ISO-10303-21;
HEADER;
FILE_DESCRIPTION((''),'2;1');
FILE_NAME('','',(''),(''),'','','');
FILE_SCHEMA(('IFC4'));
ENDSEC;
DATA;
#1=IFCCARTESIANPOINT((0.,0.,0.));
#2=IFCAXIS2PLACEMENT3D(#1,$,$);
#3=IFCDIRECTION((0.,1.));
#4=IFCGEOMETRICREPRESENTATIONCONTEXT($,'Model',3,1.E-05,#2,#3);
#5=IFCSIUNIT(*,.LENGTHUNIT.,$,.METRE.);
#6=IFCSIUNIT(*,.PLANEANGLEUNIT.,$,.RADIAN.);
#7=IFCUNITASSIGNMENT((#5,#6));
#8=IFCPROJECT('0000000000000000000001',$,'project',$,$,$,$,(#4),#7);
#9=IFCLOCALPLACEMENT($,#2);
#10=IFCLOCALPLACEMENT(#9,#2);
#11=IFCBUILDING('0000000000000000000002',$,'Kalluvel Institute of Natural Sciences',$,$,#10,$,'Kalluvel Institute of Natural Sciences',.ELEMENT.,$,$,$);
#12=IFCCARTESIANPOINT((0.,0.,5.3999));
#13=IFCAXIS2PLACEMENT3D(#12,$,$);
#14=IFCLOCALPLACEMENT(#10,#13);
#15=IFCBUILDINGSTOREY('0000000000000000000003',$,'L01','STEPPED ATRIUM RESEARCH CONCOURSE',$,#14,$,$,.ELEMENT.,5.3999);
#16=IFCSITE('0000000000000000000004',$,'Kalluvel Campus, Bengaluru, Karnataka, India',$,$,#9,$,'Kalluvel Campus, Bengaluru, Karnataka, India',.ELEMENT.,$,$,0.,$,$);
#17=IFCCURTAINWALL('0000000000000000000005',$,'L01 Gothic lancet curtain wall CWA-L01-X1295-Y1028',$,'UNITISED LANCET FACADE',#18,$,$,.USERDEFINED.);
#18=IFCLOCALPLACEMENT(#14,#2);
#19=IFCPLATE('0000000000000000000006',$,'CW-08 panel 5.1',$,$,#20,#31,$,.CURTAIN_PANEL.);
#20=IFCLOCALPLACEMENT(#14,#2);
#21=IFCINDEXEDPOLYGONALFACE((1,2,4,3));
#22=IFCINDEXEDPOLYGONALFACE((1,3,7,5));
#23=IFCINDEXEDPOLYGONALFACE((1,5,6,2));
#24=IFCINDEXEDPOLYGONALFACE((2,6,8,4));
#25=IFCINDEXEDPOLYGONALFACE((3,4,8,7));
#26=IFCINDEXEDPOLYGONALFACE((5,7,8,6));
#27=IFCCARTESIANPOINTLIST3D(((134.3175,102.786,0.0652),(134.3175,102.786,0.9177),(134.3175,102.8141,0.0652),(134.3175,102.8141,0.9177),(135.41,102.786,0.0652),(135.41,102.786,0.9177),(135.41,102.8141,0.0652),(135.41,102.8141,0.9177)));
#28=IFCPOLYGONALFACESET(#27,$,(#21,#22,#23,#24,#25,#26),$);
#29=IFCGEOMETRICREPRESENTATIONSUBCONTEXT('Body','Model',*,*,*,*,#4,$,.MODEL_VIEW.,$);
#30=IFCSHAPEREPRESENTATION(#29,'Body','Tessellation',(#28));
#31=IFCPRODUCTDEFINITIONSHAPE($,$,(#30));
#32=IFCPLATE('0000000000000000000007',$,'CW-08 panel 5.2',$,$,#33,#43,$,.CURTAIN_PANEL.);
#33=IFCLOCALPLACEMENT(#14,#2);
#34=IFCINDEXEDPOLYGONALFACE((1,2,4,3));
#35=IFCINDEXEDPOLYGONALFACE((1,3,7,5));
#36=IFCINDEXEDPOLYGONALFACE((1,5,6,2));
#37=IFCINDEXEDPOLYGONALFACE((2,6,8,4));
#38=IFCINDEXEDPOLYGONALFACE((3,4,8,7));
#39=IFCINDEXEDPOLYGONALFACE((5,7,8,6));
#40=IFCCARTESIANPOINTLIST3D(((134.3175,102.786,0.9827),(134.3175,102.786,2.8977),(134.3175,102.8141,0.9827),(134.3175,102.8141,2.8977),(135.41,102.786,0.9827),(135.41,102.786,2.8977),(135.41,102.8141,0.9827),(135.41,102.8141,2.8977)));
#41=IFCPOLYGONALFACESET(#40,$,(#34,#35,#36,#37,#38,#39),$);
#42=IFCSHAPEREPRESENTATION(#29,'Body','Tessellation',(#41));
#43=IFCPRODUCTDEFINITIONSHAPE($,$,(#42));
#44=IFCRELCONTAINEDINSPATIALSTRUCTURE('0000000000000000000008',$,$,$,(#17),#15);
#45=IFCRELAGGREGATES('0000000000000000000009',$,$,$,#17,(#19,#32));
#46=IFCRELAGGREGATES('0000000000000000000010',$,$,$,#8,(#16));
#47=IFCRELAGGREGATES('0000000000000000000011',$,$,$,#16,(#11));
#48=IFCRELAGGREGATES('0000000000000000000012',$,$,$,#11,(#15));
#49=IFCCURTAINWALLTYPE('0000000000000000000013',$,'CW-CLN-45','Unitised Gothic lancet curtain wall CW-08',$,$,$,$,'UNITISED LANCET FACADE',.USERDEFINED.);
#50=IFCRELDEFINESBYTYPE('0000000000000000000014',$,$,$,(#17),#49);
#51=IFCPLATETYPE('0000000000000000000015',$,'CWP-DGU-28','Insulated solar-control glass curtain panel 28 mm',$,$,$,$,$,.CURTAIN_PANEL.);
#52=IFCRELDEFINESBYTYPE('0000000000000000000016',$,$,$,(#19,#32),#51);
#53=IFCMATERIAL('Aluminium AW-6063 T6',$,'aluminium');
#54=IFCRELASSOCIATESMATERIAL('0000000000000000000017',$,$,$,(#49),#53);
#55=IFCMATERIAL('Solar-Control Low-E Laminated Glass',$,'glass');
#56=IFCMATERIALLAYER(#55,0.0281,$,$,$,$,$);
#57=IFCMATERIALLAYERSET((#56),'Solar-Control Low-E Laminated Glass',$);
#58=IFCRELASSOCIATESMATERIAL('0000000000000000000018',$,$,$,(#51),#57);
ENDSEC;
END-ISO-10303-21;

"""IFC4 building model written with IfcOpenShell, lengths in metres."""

from ifc_helpers import new_model, si_unit, direction, frame, origin, origin_2d, place, context, subcontext, project, spatial, rectangle, extrude, material, layer, layer_set, type_object, element, aggregate, save


model = new_model("IFC4")

# Units and contexts
model_context = context("Model", 3, precision=1e-05, world=origin(), true_north=direction((0.0, 1.0)))
body_context = subcontext(model_context, "Body", "Model", "MODEL_VIEW")
ifc_project = project(units=[si_unit("LENGTHUNIT", "METRE"), si_unit("PLANEANGLEUNIT", "RADIAN")], contexts=[model_context])

# Site, building, storey
site_placement = place(None, origin())
site = spatial("IfcSite", under=ifc_project, at=site_placement, Name="Kalluvel Campus, Bengaluru, Karnataka, India", LongName="Kalluvel Campus, Bengaluru, Karnataka, India", CompositionType="ELEMENT", RefElevation=0.0)
building_placement = place(site_placement, origin())
building = spatial("IfcBuilding", under=site, at=building_placement, Name="Kalluvel Institute of Natural Sciences", LongName="Kalluvel Institute of Natural Sciences", CompositionType="ELEMENT")
storey_placement = place(building_placement, frame((0.0, 0.0, 5.3999)))
storey = spatial("IfcBuildingStorey", under=building, at=storey_placement, Name="L01", Description="STEPPED ATRIUM RESEARCH CONCOURSE", CompositionType="ELEMENT", Elevation=5.3999)

# Curtain wall, plates
ifc_material_1 = material(Name="Aluminium AW-6063 T6", Category="aluminium")
curtain_wall_type = type_object("IfcCurtainWallType", Name="CW-CLN-45", Description="Unitised Gothic lancet curtain wall CW-08", ElementType="UNITISED LANCET FACADE", PredefinedType="USERDEFINED", material=ifc_material_1)
curtain_wall_placement = place(storey_placement, origin())
curtain_wall = element("IfcCurtainWall", 1, at=curtain_wall_placement, inside=storey, type_object=curtain_wall_type, Name="L01 Gothic lancet curtain wall CWA-L01-X1295-Y1028", ObjectType="UNITISED LANCET FACADE", PredefinedType="USERDEFINED")
ifc_material_2 = material(Name="Solar-Control Low-E Laminated Glass", Category="glass")
ifc_layer = layer(ifc_material_2, 0.0281)
ifc_layer_set = layer_set([ifc_layer], Name="Solar-Control Low-E Laminated Glass")
plate_type = type_object("IfcPlateType", Name="CWP-DGU-28", Description="Insulated solar-control glass curtain panel 28 mm", PredefinedType="CURTAIN_PANEL", material=ifc_layer_set)
plate_1_placement = place(storey_placement, frame((134.8638, 102.8, 0.0652), z_axis=(0.0, 0.0, 1.0), x_axis=(1.0, 0.0, 0.0)))
plate_1 = element("IfcPlate", 2, at=plate_1_placement, type_object=plate_type, Name="CW-08 panel 5.1", PredefinedType="CURTAIN_PANEL", context=body_context, shape_type="SweptSolid", body=[
    extrude(rectangle(XDim=1.0925, YDim=0.0281, at=origin_2d()), origin(), (0.0, 0.0, 1.0), 0.8525),
])
plate_2_placement = place(storey_placement, frame((134.8638, 102.8, 0.9827), z_axis=(0.0, 0.0, 1.0), x_axis=(1.0, 0.0, 0.0)))
plate_2 = element("IfcPlate", 3, at=plate_2_placement, type_object=plate_type, Name="CW-08 panel 5.2", PredefinedType="CURTAIN_PANEL", context=body_context, shape_type="SweptSolid", body=[
    extrude(rectangle(XDim=1.0925, YDim=0.0281, at=origin_2d()), origin(), (0.0, 0.0, 1.0), 1.915),
])
aggregate(curtain_wall, [plate_1, plate_2])

save(model, "model.ifc")
